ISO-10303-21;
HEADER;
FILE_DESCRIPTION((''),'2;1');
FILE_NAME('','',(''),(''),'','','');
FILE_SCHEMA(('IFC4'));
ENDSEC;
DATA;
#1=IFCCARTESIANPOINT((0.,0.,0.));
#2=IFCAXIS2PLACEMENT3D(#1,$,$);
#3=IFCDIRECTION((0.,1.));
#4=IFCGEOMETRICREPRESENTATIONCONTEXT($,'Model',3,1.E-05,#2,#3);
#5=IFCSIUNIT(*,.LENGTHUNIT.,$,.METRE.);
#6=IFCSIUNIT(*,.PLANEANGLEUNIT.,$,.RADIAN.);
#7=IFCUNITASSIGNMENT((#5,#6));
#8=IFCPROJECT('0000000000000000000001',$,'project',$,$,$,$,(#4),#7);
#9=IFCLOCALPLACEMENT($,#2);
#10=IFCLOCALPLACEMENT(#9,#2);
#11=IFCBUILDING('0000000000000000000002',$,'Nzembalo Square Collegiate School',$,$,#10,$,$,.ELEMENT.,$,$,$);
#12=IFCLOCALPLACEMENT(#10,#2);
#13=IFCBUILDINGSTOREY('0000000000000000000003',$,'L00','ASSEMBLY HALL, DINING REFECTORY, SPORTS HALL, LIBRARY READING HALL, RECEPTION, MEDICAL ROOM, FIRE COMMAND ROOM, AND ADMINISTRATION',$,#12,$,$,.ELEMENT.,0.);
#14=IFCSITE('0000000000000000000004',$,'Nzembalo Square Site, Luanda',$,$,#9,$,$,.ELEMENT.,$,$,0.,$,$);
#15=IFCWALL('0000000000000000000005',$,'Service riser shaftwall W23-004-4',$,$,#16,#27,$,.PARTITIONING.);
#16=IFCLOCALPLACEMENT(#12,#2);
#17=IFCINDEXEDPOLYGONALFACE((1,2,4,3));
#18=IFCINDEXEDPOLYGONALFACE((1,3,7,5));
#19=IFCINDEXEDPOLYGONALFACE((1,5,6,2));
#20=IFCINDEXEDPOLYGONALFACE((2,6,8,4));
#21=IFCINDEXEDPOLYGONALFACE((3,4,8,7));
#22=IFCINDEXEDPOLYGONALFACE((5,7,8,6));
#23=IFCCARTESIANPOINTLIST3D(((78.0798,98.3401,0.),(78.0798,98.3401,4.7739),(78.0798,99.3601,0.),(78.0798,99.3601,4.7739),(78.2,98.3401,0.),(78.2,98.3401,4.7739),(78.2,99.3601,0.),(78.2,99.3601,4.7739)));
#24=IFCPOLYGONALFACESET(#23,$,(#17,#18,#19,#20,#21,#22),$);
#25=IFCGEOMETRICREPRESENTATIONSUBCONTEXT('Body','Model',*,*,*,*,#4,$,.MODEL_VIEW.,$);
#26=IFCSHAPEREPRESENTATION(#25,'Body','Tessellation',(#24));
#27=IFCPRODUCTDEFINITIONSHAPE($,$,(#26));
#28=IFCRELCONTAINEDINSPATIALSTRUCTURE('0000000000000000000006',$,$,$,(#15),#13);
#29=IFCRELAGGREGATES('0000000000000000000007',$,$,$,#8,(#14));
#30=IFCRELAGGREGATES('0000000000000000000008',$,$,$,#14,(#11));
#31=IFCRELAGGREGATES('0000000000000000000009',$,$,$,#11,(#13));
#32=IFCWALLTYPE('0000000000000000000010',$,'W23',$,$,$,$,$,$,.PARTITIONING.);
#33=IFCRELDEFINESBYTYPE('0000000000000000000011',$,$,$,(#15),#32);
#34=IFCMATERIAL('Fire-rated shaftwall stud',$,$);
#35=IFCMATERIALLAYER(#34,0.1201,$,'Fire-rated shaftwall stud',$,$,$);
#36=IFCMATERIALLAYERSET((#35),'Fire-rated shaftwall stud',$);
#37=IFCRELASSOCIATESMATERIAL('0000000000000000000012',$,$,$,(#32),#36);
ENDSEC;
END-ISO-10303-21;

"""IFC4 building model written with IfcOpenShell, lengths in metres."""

from ifc_helpers import new_model, si_unit, direction, frame, frame_2d, origin, place, context, subcontext, project, spatial, rectangle, extrude, material, layer, layer_set, type_object, element, save


model = new_model("IFC4")

# Units and contexts
model_context = context("Model", 3, precision=1e-05, world=origin(), true_north=direction((0.0, 1.0)))
body_context = subcontext(model_context, "Body", "Model", "MODEL_VIEW")
ifc_project = project(units=[si_unit("LENGTHUNIT", "METRE"), si_unit("PLANEANGLEUNIT", "RADIAN")], contexts=[model_context])

# Site, building, storey
site_placement = place(None, origin())
site = spatial("IfcSite", under=ifc_project, at=site_placement, Name="Nzembalo Square Site, Luanda", CompositionType="ELEMENT", RefElevation=0.0)
building_placement = place(site_placement, origin())
building = spatial("IfcBuilding", under=site, at=building_placement, Name="Nzembalo Square Collegiate School", CompositionType="ELEMENT")
storey_placement = place(building_placement, origin())
storey = spatial("IfcBuildingStorey", under=building, at=storey_placement, Name="L00", Description="ASSEMBLY HALL, DINING REFECTORY, SPORTS HALL, LIBRARY READING HALL, RECEPTION, MEDICAL ROOM, FIRE COMMAND ROOM, AND ADMINISTRATION", CompositionType="ELEMENT", Elevation=0.0)

# Wall
ifc_material_1 = material(Name="Fire-rated shaftwall stud")
ifc_layer_1 = layer(ifc_material_1, 0.1201, Name="Fire-rated shaftwall stud")
ifc_layer_set_1 = layer_set([ifc_layer_1], Name="Fire-rated shaftwall stud")
wall_type_1 = type_object("IfcWallType", Name="W23", PredefinedType="PARTITIONING", material=ifc_layer_set_1)
for number, where, z_axis, x_axis, name in (
    (1, (78.1399, 99.3601, 0.0), (0.0, 0.0, 1.0), (0.0, -1.0, 0.0), "Service riser shaftwall W23-004-4"),
):
    element("IfcWall", number, at=place(storey_placement, frame(where, z_axis=z_axis, x_axis=x_axis)), inside=storey, type_object=wall_type_1, Name=name, PredefinedType="PARTITIONING", context=body_context, shape_type="SweptSolid", body=[
        extrude(rectangle(XDim=1.02, YDim=0.1201, at=frame_2d((0.51, 0.0))), origin(), (0.0, 0.0, 1.0), 4.7739),
    ])

save(model, "model.ifc")
